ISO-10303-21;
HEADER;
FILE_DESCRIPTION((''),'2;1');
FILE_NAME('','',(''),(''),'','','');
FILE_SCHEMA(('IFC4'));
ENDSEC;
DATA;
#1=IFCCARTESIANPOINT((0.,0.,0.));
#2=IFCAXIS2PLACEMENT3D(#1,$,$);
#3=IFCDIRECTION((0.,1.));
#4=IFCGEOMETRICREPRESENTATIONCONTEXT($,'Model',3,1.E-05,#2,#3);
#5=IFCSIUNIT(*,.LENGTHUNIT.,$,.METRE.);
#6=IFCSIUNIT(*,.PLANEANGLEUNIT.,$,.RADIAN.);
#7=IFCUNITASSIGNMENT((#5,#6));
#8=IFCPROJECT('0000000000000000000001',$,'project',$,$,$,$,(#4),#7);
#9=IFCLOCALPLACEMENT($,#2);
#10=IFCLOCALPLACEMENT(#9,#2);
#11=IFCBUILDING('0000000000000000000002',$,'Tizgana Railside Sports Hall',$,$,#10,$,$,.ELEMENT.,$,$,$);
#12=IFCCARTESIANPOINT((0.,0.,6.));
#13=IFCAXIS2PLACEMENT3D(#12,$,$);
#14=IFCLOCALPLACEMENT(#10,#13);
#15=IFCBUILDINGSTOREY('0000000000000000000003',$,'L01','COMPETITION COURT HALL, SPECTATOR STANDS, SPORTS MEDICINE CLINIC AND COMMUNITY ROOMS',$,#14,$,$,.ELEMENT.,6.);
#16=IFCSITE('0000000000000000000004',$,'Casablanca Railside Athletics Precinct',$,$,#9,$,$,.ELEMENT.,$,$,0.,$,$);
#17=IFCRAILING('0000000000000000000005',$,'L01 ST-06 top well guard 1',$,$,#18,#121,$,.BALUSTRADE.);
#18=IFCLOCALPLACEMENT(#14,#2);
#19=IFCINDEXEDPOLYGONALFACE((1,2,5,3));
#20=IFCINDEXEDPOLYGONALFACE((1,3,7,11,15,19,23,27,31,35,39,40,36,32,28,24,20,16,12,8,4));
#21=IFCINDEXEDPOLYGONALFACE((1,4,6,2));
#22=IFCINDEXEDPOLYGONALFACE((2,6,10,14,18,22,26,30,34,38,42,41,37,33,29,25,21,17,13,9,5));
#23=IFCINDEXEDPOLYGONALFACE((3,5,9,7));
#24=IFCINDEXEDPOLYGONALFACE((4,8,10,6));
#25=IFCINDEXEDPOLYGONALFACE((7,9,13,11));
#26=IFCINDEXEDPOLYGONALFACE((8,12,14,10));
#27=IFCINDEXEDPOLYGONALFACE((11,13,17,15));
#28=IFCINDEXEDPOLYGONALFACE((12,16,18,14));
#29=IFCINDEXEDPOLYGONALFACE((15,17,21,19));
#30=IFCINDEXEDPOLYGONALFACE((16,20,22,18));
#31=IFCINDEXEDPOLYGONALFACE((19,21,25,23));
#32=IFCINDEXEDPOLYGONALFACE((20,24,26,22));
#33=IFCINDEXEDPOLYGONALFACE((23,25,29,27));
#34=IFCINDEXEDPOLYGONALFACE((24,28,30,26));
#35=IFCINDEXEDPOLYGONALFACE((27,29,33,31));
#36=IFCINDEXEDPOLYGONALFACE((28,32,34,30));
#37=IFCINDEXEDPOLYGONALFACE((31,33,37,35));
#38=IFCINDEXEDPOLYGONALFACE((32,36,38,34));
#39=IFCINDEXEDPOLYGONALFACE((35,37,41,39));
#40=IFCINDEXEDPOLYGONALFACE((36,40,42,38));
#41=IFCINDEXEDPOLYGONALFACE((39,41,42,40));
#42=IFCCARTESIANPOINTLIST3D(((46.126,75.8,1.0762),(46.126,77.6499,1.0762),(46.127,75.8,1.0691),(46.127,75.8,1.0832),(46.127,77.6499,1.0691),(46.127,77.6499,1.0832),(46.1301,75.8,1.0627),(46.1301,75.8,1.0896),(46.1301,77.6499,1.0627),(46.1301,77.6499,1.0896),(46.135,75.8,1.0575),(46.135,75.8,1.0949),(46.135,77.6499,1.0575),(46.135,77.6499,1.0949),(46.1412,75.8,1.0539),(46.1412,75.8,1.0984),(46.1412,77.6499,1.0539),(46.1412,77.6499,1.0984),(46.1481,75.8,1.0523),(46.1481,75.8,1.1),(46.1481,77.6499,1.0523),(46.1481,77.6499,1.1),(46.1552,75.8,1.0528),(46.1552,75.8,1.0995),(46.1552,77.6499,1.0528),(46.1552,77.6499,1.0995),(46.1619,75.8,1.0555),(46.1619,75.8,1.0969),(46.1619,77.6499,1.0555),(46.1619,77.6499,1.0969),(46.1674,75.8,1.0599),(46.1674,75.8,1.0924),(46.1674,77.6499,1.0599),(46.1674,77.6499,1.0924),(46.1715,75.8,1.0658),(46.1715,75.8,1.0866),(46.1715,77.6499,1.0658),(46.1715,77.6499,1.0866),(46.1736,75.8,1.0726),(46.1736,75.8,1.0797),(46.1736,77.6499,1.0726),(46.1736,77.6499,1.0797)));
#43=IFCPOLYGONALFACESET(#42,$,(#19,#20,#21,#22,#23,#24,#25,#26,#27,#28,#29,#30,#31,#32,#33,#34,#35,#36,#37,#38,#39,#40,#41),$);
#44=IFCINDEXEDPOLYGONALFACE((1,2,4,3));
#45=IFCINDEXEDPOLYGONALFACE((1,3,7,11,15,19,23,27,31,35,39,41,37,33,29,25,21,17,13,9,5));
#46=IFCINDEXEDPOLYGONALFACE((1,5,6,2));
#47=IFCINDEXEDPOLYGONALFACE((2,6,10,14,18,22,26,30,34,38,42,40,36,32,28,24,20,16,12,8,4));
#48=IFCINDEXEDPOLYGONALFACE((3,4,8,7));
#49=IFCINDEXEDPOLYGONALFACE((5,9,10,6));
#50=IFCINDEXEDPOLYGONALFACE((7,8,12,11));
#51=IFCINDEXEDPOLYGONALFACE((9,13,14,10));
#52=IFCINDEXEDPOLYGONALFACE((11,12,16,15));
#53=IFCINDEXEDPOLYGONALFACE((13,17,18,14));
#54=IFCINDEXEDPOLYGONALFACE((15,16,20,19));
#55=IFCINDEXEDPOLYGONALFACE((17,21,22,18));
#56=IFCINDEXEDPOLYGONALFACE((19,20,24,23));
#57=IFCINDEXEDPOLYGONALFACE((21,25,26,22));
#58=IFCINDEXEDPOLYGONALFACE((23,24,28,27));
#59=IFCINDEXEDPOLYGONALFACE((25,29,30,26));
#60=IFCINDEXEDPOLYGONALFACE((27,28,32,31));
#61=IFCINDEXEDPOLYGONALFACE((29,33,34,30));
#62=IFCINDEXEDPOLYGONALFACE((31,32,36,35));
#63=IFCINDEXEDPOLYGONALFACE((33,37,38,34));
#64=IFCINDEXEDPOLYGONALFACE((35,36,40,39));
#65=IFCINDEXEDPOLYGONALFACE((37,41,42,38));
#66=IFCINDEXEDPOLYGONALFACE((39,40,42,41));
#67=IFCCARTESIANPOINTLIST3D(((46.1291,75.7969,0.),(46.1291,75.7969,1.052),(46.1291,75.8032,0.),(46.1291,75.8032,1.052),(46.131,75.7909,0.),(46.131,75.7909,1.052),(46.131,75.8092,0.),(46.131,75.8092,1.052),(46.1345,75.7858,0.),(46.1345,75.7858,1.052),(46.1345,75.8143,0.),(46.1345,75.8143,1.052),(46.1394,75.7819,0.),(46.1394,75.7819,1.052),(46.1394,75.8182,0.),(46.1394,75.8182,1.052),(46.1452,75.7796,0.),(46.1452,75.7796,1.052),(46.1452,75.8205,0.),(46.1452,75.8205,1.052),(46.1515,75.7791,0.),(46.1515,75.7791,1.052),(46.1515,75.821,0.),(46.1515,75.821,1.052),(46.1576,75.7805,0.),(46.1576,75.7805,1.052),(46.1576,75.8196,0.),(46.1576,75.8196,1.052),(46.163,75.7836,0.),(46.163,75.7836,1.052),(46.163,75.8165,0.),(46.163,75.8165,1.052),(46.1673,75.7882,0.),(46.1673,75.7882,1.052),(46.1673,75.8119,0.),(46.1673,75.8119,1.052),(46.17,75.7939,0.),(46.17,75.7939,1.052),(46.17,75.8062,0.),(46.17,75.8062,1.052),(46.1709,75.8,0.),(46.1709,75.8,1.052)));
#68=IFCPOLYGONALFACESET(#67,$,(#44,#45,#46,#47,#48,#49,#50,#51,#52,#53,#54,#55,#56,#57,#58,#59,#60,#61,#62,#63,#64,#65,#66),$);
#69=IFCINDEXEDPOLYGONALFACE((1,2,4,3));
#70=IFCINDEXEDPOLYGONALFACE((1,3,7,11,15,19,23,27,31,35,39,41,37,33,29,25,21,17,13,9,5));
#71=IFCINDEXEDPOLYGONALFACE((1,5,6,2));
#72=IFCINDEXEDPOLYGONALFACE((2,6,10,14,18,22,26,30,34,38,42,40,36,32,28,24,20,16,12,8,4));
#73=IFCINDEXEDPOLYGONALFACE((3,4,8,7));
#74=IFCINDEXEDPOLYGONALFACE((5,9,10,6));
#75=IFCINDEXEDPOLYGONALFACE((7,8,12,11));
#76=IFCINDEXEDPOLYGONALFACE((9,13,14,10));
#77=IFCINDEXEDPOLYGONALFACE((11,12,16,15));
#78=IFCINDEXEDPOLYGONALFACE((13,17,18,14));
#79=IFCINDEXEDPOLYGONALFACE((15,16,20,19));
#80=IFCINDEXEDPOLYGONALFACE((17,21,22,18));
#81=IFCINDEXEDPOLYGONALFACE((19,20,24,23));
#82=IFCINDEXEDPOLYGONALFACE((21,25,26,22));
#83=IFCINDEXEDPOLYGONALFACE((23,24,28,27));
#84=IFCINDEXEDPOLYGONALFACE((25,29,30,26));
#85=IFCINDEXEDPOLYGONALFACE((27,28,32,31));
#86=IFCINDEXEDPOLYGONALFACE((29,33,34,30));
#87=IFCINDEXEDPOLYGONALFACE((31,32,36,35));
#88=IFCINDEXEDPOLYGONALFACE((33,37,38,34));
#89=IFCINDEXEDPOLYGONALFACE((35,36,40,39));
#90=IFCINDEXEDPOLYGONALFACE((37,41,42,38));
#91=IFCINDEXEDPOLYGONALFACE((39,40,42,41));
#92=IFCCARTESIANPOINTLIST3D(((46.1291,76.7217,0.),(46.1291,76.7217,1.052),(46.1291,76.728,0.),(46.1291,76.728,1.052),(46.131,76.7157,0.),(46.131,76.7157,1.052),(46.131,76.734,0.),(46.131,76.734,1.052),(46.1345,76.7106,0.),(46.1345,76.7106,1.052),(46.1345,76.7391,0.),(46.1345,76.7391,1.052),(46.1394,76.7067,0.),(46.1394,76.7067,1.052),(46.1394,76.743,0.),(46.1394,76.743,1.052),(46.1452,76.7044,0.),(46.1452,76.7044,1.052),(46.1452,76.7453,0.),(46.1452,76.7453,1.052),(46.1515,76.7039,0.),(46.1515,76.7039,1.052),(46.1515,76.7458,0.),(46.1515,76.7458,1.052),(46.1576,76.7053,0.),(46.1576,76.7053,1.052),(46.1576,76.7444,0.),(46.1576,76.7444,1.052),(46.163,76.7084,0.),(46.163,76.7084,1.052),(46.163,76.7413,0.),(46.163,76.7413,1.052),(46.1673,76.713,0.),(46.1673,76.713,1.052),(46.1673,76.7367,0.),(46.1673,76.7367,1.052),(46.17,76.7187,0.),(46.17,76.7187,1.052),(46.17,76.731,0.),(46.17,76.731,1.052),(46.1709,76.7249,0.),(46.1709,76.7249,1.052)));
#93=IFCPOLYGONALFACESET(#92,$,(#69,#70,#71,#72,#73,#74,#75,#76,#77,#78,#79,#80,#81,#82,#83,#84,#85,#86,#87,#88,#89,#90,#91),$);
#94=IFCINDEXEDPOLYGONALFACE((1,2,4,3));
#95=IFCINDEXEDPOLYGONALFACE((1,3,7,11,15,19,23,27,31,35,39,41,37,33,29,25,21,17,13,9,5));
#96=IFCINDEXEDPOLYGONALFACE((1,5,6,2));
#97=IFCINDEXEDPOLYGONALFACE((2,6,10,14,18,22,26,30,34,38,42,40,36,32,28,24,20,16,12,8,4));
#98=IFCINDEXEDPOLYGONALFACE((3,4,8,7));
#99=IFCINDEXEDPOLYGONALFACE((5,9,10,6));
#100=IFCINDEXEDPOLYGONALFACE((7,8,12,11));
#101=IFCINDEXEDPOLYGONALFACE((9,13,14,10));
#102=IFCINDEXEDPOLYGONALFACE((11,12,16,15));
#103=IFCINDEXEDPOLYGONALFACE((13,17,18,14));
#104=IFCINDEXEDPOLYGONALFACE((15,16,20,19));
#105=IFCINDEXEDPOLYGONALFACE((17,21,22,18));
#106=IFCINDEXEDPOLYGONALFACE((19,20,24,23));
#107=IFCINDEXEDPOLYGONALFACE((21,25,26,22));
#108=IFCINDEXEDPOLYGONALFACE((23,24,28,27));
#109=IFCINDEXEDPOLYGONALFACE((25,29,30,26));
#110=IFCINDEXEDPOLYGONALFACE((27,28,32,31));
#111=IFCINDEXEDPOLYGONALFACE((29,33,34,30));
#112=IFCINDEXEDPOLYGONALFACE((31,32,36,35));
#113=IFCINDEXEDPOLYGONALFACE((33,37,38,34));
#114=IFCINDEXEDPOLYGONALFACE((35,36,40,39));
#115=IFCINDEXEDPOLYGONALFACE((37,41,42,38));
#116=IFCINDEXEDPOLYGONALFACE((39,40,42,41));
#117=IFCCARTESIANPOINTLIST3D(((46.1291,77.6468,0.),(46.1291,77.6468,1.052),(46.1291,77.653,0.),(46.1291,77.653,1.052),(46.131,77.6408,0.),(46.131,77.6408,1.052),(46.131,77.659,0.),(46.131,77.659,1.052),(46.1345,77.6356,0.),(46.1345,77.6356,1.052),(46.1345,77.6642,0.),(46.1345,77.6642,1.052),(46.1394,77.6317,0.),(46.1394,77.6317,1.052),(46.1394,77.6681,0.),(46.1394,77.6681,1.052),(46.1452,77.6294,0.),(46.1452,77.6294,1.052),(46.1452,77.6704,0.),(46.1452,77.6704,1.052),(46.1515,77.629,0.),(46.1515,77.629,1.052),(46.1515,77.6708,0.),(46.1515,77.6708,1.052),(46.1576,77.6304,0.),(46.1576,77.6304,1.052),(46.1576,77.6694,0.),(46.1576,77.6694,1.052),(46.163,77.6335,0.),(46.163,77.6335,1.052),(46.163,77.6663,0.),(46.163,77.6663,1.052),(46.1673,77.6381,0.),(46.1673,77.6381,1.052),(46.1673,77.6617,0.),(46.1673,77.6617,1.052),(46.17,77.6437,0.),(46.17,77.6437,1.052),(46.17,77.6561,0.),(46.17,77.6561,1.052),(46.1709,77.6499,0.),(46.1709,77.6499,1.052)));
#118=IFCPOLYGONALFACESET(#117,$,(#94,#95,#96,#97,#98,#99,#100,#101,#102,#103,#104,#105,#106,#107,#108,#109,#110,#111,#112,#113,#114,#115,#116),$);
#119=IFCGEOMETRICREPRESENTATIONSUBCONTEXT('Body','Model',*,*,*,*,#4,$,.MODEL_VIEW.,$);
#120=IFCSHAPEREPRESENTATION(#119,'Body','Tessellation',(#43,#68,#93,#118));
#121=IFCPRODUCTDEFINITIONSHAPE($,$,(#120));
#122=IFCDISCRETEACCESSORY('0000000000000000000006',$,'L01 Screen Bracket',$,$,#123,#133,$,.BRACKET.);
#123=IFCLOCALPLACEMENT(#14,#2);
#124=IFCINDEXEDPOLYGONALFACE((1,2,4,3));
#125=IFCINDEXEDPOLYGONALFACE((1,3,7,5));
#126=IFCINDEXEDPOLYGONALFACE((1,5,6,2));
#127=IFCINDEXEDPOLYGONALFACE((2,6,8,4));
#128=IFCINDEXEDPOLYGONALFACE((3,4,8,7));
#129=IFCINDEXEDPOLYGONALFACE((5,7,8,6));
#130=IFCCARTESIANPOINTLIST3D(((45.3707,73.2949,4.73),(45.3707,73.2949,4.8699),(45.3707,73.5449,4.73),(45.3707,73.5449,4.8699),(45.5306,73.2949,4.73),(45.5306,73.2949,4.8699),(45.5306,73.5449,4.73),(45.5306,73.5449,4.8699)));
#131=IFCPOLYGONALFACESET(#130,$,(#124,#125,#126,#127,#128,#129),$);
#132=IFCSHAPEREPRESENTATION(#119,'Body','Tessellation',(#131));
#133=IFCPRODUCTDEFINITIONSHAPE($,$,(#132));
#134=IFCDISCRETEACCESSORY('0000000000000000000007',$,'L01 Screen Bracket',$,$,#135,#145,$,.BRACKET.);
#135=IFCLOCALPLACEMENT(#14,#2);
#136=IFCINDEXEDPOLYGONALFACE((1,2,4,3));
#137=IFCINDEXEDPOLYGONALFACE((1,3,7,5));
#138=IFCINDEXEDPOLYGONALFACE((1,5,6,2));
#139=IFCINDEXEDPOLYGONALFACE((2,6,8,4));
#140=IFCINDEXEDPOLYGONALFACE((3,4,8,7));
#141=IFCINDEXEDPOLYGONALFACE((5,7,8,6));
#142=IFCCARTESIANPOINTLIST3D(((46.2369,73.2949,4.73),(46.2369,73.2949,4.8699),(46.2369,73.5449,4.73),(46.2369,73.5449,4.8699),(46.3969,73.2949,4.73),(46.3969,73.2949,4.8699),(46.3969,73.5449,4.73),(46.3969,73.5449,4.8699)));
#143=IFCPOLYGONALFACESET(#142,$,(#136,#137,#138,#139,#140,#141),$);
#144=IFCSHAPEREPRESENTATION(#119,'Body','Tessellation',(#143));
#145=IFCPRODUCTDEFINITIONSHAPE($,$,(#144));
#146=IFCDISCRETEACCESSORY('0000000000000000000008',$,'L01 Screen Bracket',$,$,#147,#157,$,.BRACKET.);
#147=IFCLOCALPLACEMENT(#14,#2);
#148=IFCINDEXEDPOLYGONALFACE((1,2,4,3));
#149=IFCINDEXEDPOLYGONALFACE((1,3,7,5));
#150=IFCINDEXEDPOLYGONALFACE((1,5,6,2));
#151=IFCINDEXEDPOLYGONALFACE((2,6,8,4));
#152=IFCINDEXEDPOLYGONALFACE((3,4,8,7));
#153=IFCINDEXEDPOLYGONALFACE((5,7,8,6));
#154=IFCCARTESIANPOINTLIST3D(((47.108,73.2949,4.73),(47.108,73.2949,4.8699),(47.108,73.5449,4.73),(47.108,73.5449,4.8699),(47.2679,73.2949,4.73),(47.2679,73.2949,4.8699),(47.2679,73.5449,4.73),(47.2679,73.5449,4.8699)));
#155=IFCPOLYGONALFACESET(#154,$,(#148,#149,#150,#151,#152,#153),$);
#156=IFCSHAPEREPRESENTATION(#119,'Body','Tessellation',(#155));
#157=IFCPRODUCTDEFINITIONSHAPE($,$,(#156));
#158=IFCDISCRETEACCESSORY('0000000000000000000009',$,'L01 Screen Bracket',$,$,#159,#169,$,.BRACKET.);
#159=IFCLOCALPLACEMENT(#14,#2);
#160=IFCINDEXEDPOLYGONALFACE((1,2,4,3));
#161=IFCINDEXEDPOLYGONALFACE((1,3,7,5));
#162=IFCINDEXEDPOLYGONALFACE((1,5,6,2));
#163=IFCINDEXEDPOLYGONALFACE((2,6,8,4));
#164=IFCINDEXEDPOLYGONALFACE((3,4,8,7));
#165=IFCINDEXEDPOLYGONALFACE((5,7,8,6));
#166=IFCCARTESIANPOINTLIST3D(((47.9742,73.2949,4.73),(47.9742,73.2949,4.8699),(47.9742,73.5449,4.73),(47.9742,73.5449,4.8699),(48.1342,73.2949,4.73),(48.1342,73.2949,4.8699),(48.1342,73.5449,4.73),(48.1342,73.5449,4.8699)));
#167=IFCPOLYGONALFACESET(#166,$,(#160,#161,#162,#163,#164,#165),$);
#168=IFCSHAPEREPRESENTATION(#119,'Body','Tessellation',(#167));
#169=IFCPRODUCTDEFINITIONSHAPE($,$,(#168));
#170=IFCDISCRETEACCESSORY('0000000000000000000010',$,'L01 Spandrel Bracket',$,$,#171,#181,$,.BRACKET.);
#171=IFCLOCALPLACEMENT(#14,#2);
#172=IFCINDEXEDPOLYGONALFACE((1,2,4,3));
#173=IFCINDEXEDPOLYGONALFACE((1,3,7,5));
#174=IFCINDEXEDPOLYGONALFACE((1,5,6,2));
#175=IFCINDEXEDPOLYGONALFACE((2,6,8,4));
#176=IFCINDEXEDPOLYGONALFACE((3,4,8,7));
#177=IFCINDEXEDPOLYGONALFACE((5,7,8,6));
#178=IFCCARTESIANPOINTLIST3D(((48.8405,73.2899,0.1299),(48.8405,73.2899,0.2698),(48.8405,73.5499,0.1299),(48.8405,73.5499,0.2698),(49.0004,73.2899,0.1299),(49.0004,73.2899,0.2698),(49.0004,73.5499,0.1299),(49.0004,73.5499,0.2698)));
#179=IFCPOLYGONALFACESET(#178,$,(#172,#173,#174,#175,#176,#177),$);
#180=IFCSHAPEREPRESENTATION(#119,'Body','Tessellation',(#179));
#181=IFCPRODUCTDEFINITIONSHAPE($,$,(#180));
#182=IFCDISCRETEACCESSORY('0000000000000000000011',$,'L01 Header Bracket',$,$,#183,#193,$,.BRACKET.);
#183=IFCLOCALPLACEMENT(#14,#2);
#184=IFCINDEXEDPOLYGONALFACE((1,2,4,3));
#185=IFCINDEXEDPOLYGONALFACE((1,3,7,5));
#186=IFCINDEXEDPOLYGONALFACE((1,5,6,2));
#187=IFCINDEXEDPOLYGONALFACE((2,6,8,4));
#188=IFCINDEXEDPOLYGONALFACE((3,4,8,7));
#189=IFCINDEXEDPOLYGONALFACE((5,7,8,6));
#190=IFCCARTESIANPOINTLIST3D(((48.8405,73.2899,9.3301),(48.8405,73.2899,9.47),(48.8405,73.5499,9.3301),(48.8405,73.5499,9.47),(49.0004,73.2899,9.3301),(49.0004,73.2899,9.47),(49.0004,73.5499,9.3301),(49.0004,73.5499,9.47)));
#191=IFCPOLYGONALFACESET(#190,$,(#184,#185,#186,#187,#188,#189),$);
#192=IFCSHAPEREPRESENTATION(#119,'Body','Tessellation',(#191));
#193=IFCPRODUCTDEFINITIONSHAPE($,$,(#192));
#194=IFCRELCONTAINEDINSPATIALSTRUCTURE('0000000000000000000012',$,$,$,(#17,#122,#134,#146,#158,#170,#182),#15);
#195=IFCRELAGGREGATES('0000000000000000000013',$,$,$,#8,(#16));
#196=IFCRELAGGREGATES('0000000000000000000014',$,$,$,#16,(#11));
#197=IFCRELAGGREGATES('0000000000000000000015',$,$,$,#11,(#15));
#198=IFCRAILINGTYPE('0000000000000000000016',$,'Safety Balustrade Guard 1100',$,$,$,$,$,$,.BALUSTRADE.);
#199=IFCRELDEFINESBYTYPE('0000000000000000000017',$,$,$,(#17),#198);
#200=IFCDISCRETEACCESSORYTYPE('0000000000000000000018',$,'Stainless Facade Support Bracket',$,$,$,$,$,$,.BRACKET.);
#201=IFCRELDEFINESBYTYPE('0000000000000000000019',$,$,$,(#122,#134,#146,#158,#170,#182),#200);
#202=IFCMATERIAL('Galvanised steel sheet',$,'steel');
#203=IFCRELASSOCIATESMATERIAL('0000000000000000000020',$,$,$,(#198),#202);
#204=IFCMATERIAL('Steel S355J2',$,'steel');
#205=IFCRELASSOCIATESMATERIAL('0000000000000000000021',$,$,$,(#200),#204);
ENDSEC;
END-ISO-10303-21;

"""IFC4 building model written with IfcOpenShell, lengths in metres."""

from ifc_helpers import new_model, si_unit, direction, frame, origin, origin_2d, place, context, subcontext, project, spatial, rectangle, circle, extrude, material, type_object, element, save


model = new_model("IFC4")

# Units and contexts
model_context = context("Model", 3, precision=1e-05, world=origin(), true_north=direction((0.0, 1.0)))
body_context = subcontext(model_context, "Body", "Model", "MODEL_VIEW")
ifc_project = project(units=[si_unit("LENGTHUNIT", "METRE"), si_unit("PLANEANGLEUNIT", "RADIAN")], contexts=[model_context])

# Site, building, storey
site_placement = place(None, origin())
site = spatial("IfcSite", under=ifc_project, at=site_placement, Name="Casablanca Railside Athletics Precinct", CompositionType="ELEMENT", RefElevation=0.0)
building_placement = place(site_placement, origin())
building = spatial("IfcBuilding", under=site, at=building_placement, Name="Tizgana Railside Sports Hall", CompositionType="ELEMENT")
storey_placement = place(building_placement, frame((0.0, 0.0, 6.0)))
storey = spatial("IfcBuildingStorey", under=building, at=storey_placement, Name="L01", Description="COMPETITION COURT HALL, SPECTATOR STANDS, SPORTS MEDICINE CLINIC AND COMMUNITY ROOMS", CompositionType="ELEMENT", Elevation=6.0)

# Shared definitions
ifc_material_1 = material(Name="Steel S355J2", Category="steel")

# Railing
ifc_material_2 = material(Name="Galvanised steel sheet", Category="steel")
railing_type = type_object("IfcRailingType", Name="Safety Balustrade Guard 1100", PredefinedType="BALUSTRADE", material=ifc_material_2)
railing_1_placement = place(storey_placement, frame((46.1499, 75.8, 0.0)))
element("IfcRailing", 1, at=railing_1_placement, inside=storey, type_object=railing_type, Name="L01 ST-06 top well guard 1", PredefinedType="BALUSTRADE", context=body_context, shape_type="SweptSolid", body=[
    extrude(circle(Radius=0.0239, at=origin_2d()), frame((0.0, 0.0, 1.0762), z_axis=(0.0, 1.0, 0.0), x_axis=(-1.0, 0.0, 0.0)), (0.0, 0.0, 1.0), 1.8499),
    extrude(circle(Radius=0.021, at=origin_2d()), origin(), (0.0, 0.0, 1.0), 1.052),
    extrude(circle(Radius=0.021, at=origin_2d()), frame((0.0, 0.9248, 0.0)), (0.0, 0.0, 1.0), 1.052),
    extrude(circle(Radius=0.021, at=origin_2d()), frame((0.0, 1.8499, 0.0)), (0.0, 0.0, 1.0), 1.052),
])

# Discrete accessories
discrete_accessory_type = type_object("IfcDiscreteAccessoryType", Name="Stainless Facade Support Bracket", PredefinedType="BRACKET", material=ifc_material_1)
for number, where, z_axis, x_axis, name in (
    (2, (45.4507, 73.4199, 4.73), (0.0, 0.0, 1.0), (1.0, 0.0, 0.0), "L01 Screen Bracket"),
    (3, (46.3169, 73.4199, 4.73), (0.0, 0.0, 1.0), (1.0, 0.0, 0.0), "L01 Screen Bracket"),
    (4, (47.188, 73.4199, 4.73), (0.0, 0.0, 1.0), (1.0, 0.0, 0.0), "L01 Screen Bracket"),
    (5, (48.0542, 73.4199, 4.73), (0.0, 0.0, 1.0), (1.0, 0.0, 0.0), "L01 Screen Bracket"),
):
    element("IfcDiscreteAccessory", number, at=place(storey_placement, frame(where, z_axis=z_axis, x_axis=x_axis)), inside=storey, type_object=discrete_accessory_type, Name=name, PredefinedType="BRACKET", context=body_context, shape_type="SweptSolid", body=[
        extrude(rectangle(XDim=0.1599, YDim=0.25, at=origin_2d()), origin(), (0.0, 0.0, 1.0), 0.1399),
    ])
for number, where, z_axis, x_axis, name in (
    (6, (48.9204, 73.4199, 0.1299), (0.0, 0.0, 1.0), (1.0, 0.0, 0.0), "L01 Spandrel Bracket"),
    (7, (48.9204, 73.4199, 9.3301), (0.0, 0.0, 1.0), (1.0, 0.0, 0.0), "L01 Header Bracket"),
):
    element("IfcDiscreteAccessory", number, at=place(storey_placement, frame(where, z_axis=z_axis, x_axis=x_axis)), inside=storey, type_object=discrete_accessory_type, Name=name, PredefinedType="BRACKET", context=body_context, shape_type="SweptSolid", body=[
        extrude(rectangle(XDim=0.1599, YDim=0.26, at=origin_2d()), origin(), (0.0, 0.0, 1.0), 0.1399),
    ])

save(model, "model.ifc")
